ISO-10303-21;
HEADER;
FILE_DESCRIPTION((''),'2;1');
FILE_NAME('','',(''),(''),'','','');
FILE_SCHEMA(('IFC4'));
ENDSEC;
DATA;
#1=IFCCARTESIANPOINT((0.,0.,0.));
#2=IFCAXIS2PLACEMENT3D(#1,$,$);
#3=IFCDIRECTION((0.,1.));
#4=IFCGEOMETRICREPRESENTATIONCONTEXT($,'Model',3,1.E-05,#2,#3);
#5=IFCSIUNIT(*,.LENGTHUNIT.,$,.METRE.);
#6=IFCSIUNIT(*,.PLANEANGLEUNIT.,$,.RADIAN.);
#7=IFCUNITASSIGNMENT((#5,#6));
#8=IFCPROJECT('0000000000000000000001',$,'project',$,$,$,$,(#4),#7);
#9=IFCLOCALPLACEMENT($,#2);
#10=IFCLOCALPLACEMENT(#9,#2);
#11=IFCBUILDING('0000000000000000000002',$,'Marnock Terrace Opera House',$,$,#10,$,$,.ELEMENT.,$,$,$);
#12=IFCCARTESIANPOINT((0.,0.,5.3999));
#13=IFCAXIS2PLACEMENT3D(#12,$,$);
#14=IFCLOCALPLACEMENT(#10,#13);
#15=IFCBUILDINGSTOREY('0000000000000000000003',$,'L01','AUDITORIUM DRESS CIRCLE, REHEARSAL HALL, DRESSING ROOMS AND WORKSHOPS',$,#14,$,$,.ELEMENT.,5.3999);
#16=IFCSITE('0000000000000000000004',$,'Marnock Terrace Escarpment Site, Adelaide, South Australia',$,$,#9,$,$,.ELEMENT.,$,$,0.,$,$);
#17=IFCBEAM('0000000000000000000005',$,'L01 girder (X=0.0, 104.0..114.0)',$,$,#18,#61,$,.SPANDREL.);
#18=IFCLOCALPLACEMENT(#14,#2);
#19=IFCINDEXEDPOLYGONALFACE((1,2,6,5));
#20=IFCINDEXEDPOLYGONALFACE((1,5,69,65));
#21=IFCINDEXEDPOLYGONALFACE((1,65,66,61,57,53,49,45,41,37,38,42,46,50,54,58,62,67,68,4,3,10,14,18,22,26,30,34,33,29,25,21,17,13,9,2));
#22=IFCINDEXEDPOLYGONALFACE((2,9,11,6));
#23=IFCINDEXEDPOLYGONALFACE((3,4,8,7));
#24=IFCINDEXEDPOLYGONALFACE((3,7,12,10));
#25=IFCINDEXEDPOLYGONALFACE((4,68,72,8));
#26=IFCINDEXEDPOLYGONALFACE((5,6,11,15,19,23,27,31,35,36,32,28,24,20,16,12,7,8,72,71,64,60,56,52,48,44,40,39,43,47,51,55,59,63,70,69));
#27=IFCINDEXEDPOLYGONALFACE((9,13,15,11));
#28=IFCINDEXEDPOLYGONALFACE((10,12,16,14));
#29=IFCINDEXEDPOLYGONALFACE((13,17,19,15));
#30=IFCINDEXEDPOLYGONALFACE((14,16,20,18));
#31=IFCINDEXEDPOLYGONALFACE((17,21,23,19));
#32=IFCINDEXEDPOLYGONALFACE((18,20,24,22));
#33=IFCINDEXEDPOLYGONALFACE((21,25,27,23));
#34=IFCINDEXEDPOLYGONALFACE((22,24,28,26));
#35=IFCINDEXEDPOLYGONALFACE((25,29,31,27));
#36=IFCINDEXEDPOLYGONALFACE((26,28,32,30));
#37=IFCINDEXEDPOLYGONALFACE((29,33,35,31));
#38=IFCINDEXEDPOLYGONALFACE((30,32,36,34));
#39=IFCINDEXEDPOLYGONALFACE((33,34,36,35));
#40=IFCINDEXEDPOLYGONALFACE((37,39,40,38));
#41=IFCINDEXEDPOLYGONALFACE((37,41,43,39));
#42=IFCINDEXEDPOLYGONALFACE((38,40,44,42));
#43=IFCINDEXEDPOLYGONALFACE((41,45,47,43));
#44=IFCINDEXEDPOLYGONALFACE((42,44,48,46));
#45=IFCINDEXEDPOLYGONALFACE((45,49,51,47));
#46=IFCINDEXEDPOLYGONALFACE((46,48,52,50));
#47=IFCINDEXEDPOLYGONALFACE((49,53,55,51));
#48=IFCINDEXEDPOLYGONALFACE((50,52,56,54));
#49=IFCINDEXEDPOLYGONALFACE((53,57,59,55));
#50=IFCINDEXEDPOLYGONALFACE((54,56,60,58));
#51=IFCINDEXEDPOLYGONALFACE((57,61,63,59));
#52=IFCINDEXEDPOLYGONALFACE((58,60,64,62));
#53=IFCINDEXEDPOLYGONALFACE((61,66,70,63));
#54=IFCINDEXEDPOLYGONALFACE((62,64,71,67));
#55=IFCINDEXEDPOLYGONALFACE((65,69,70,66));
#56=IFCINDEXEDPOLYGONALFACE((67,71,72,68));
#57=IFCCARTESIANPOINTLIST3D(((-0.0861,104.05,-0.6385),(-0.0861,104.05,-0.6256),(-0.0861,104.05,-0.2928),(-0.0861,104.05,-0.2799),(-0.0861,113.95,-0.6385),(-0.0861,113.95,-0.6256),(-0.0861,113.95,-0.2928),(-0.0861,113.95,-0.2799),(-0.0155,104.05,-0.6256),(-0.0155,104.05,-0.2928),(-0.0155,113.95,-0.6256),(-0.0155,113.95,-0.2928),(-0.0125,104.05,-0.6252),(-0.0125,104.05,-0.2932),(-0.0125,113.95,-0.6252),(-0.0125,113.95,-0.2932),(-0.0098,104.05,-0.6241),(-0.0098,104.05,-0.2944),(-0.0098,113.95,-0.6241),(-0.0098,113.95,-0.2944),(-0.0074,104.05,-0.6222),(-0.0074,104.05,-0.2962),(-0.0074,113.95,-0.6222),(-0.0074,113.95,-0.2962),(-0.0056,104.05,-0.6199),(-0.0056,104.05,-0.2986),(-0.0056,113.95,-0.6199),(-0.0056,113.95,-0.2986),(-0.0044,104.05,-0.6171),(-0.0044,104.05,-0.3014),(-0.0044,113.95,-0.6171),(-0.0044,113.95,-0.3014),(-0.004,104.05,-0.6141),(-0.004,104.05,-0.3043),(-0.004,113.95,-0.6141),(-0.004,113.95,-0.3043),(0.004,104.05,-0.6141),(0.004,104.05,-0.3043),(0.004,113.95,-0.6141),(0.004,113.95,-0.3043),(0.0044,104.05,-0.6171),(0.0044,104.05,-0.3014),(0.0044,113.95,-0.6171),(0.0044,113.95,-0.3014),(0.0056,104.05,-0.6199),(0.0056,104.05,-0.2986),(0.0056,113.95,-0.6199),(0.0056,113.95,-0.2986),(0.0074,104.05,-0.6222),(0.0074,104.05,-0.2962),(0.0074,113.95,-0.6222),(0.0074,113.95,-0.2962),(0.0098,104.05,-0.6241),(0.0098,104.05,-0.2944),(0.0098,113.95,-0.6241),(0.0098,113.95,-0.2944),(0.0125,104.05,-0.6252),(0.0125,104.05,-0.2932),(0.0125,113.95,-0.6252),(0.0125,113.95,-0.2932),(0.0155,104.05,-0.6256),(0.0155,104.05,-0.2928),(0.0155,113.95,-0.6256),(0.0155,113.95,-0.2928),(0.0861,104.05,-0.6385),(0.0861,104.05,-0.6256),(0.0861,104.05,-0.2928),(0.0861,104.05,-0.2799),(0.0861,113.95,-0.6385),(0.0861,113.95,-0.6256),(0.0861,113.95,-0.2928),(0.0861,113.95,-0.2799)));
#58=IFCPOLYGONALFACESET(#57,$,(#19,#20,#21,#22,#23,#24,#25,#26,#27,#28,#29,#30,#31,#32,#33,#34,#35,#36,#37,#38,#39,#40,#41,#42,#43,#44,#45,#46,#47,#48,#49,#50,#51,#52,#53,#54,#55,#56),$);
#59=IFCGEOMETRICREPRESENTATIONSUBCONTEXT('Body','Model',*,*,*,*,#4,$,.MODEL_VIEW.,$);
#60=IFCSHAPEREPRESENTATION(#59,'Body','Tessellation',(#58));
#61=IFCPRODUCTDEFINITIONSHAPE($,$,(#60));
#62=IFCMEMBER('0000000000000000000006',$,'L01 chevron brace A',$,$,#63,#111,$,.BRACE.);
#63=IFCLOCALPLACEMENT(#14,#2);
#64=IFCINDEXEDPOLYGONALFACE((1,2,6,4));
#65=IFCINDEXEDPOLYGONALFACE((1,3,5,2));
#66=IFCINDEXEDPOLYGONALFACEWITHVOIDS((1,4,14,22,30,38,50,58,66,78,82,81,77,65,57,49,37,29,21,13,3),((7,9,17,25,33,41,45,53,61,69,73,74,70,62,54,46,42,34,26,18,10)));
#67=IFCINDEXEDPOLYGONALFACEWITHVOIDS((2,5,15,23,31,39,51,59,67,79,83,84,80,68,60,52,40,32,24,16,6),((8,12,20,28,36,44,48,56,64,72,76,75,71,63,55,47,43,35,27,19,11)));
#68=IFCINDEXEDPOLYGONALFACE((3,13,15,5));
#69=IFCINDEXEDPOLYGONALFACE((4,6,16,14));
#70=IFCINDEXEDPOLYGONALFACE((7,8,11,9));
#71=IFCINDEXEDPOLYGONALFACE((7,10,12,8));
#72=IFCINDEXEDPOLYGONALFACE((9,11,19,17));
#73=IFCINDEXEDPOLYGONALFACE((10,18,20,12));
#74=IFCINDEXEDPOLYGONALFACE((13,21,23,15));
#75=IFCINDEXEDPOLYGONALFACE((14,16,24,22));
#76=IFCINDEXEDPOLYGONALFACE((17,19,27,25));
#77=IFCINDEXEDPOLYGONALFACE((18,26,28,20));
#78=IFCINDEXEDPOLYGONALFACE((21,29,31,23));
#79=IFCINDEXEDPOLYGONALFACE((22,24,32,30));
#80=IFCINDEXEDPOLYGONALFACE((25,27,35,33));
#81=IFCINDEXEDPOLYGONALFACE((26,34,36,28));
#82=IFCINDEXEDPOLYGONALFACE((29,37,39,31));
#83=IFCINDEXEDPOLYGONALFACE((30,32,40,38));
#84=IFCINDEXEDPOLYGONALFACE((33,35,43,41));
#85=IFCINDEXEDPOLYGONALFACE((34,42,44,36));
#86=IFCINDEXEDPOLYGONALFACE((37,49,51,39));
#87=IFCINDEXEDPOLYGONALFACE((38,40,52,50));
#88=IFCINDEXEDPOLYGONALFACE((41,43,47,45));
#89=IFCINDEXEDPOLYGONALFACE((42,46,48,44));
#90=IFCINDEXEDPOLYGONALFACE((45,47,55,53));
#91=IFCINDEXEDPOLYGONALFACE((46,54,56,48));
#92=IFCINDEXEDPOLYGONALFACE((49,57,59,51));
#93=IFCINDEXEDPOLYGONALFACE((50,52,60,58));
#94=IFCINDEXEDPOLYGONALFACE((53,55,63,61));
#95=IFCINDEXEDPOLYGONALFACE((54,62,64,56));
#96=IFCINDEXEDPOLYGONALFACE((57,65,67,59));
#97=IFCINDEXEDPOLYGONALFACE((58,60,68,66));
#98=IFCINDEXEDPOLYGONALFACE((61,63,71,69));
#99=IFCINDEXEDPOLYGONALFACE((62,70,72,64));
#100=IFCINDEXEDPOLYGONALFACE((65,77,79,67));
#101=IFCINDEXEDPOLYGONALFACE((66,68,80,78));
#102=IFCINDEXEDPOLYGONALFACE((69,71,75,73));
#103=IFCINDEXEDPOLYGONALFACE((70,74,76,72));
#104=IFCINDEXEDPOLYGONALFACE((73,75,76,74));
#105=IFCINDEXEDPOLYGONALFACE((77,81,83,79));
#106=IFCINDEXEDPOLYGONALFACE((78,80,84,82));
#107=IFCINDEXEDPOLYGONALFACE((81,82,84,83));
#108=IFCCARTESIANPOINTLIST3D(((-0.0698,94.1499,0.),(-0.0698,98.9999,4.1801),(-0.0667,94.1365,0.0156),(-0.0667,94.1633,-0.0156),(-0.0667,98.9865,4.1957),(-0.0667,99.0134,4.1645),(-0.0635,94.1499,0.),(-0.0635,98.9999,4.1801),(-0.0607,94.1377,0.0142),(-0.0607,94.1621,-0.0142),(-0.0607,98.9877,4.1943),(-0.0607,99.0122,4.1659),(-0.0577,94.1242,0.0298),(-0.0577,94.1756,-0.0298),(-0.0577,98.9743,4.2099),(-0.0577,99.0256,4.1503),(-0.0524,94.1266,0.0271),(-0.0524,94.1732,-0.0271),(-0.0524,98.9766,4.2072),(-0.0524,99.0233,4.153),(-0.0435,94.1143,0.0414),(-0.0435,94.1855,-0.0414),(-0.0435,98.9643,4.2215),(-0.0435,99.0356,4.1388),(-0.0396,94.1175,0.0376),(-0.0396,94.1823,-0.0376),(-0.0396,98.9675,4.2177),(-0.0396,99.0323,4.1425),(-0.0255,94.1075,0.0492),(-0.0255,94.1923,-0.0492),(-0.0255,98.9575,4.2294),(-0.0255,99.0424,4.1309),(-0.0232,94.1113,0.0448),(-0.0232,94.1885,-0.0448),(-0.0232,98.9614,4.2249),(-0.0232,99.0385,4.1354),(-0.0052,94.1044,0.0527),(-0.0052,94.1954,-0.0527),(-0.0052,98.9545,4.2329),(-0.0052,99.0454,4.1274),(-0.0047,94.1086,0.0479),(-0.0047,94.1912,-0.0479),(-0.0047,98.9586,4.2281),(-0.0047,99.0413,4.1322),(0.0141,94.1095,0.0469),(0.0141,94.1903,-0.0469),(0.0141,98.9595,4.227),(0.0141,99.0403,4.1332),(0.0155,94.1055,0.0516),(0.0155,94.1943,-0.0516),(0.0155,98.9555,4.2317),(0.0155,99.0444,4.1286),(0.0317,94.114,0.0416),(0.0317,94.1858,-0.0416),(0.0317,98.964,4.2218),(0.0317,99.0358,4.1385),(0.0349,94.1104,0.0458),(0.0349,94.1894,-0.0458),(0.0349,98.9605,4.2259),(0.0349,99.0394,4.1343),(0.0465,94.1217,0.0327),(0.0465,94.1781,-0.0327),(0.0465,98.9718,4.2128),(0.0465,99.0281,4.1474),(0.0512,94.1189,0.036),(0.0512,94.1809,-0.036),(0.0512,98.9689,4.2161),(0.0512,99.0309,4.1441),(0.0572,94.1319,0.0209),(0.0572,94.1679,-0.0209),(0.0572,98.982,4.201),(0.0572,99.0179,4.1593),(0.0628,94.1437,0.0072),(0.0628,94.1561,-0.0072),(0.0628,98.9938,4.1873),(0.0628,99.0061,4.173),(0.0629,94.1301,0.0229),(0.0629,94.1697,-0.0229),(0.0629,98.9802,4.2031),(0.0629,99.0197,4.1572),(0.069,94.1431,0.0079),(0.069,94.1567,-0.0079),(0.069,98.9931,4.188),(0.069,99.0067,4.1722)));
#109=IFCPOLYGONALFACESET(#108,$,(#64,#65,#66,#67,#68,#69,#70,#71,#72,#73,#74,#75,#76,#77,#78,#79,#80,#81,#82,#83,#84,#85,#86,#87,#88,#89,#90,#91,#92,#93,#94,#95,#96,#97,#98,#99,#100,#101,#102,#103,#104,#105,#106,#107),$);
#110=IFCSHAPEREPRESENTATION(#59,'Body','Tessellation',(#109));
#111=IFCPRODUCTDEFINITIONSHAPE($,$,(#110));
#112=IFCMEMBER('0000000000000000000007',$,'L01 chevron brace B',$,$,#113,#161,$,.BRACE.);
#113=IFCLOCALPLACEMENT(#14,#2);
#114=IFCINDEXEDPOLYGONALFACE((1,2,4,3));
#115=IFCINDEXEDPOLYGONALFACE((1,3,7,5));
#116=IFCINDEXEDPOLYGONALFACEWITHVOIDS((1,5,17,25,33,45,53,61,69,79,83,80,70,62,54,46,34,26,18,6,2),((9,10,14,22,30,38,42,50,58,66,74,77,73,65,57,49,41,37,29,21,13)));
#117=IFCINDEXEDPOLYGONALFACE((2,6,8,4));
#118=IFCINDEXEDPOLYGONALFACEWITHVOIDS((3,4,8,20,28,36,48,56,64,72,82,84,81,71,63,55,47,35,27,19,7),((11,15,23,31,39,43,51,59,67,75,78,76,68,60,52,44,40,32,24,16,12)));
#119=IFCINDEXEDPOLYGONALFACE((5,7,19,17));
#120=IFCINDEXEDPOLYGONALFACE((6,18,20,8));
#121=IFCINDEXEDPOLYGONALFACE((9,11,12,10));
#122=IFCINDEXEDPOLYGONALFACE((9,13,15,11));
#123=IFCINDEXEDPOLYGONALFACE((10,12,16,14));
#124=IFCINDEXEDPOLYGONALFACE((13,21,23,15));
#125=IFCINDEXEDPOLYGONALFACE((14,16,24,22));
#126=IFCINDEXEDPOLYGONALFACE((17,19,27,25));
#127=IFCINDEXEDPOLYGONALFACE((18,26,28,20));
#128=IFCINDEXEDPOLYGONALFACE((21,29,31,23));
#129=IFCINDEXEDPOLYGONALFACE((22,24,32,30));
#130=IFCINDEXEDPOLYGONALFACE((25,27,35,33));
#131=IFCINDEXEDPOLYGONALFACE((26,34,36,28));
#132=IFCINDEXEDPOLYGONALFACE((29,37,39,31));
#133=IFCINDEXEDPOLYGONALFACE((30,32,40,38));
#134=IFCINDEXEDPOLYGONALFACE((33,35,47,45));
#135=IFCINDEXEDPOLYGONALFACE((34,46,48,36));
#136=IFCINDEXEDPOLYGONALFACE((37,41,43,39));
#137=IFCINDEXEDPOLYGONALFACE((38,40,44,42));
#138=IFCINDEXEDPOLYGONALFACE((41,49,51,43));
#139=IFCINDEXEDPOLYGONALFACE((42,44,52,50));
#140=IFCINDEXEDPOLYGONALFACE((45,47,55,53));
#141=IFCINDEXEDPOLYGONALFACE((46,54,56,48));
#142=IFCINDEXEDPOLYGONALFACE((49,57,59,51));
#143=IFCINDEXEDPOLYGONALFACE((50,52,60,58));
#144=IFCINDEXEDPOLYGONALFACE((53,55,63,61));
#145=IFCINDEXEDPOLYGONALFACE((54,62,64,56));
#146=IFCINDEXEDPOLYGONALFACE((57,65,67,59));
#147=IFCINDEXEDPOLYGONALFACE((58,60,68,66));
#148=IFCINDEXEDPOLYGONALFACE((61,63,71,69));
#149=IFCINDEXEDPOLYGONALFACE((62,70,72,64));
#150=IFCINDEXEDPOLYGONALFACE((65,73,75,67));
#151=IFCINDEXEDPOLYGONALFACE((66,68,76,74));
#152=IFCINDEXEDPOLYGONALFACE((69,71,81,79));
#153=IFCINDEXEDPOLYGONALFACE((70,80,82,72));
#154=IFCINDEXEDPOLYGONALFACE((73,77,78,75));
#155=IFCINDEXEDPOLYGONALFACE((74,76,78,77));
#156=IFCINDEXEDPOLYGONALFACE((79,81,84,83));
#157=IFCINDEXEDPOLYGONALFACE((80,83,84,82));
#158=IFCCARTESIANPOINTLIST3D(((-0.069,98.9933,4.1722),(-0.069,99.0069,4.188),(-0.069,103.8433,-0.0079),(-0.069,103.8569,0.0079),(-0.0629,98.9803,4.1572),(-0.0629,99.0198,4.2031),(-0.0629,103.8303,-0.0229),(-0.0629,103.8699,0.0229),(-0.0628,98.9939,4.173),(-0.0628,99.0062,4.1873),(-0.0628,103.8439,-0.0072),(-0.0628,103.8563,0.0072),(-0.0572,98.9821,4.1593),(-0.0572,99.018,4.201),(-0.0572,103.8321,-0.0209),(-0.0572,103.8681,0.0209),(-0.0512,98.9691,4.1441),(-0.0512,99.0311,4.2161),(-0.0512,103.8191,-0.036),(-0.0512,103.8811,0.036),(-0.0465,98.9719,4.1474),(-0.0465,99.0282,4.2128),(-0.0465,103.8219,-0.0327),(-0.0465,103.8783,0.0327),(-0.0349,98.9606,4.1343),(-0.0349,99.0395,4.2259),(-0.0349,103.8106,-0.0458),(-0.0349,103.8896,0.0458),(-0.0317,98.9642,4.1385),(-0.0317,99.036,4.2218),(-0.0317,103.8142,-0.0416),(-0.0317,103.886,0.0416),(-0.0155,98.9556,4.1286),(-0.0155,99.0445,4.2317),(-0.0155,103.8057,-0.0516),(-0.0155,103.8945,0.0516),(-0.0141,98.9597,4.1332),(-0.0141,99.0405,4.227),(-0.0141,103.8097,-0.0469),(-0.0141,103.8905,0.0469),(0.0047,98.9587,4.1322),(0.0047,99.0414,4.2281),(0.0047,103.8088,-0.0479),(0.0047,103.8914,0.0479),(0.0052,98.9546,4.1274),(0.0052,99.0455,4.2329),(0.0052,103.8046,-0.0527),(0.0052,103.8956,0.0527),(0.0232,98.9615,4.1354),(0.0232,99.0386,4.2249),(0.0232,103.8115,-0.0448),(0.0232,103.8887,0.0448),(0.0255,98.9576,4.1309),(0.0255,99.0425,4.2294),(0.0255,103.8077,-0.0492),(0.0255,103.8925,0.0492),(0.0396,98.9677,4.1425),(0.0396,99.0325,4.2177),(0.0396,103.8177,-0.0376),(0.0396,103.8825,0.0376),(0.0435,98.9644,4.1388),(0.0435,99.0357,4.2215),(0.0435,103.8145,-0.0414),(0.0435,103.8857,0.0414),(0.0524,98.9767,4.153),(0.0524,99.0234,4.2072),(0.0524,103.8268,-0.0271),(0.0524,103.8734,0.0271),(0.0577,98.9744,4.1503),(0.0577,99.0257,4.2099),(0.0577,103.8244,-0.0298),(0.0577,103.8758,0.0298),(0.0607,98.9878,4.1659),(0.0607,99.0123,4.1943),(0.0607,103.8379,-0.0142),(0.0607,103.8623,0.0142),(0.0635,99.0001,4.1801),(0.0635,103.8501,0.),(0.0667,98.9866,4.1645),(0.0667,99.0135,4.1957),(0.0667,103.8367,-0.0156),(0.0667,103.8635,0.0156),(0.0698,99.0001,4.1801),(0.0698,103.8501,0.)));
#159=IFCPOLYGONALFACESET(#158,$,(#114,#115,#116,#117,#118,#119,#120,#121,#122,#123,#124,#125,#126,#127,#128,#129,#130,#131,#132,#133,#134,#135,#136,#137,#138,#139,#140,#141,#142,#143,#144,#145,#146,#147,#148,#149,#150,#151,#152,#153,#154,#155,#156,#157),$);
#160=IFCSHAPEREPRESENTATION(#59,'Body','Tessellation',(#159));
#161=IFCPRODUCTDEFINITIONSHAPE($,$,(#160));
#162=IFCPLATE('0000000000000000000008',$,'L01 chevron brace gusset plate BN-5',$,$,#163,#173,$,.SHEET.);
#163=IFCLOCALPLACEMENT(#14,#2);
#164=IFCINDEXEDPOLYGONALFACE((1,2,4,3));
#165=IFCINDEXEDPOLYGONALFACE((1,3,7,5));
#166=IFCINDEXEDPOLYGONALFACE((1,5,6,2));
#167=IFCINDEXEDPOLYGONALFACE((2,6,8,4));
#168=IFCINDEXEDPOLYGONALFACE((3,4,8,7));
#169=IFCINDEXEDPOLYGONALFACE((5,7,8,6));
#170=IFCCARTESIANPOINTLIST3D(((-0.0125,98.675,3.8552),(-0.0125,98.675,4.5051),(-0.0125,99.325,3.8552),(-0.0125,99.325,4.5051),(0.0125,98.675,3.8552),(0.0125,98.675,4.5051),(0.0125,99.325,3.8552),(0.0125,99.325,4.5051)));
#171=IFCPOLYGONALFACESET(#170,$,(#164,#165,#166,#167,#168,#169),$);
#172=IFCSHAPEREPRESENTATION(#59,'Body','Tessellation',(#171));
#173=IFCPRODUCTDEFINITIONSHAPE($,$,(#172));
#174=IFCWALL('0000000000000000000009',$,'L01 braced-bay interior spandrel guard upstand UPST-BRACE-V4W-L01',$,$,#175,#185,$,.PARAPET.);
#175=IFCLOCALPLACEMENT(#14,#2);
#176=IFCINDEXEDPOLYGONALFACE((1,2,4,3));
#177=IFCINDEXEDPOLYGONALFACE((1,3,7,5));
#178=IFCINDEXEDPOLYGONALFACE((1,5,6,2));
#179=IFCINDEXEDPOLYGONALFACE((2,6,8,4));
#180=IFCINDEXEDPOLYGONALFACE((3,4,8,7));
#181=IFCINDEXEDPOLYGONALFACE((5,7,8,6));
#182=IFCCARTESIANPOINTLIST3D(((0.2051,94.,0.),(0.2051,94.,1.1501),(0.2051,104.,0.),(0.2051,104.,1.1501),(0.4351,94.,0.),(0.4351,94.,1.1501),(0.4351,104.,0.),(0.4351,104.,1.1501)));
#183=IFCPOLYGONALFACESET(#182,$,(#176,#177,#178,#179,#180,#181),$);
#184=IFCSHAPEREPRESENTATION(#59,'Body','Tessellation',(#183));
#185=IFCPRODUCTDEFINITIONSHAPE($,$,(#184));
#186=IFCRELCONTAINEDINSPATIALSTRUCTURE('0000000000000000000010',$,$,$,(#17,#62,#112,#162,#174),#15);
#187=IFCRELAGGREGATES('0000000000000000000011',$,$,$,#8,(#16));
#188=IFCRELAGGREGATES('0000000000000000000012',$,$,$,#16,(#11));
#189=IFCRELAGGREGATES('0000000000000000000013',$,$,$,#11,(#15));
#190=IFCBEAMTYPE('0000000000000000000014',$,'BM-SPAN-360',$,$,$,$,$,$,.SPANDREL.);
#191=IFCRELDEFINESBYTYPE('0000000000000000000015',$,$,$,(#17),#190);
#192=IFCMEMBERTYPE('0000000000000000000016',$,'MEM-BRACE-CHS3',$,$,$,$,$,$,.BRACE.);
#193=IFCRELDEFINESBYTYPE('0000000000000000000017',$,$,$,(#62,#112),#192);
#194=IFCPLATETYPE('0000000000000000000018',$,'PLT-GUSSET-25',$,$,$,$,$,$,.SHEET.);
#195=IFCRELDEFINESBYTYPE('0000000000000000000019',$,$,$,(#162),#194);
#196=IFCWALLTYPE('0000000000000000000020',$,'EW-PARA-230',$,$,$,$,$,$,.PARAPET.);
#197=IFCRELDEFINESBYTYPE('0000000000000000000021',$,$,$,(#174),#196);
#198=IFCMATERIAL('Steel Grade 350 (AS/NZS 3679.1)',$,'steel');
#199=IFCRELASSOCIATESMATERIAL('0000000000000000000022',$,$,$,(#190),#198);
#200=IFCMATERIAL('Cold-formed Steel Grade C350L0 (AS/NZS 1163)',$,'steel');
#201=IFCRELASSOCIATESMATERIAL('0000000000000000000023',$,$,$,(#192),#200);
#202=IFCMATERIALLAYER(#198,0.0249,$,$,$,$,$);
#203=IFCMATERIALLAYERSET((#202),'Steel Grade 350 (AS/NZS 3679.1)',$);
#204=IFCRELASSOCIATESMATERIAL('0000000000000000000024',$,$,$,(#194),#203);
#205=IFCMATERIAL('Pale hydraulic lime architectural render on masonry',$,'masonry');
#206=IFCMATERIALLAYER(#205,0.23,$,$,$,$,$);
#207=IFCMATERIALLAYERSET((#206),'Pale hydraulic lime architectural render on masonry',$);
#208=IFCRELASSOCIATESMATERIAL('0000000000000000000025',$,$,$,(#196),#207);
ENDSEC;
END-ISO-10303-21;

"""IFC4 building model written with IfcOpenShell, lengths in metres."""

from ifc_helpers import new_model, si_unit, direction, frame, frame_2d, origin, origin_2d, place, context, subcontext, project, spatial, rectangle, hollow_circle, i_section, extrude, material, layer, layer_set, material_profile, profile_set, type_object, element, save


model = new_model("IFC4")

# Units and contexts
model_context = context("Model", 3, precision=1e-05, world=origin(), true_north=direction((0.0, 1.0)))
body_context = subcontext(model_context, "Body", "Model", "MODEL_VIEW")
ifc_project = project(units=[si_unit("LENGTHUNIT", "METRE"), si_unit("PLANEANGLEUNIT", "RADIAN")], contexts=[model_context])

# Site, building, storey
site_placement = place(None, origin())
site = spatial("IfcSite", under=ifc_project, at=site_placement, Name="Marnock Terrace Escarpment Site, Adelaide, South Australia", CompositionType="ELEMENT", RefElevation=0.0)
building_placement = place(site_placement, origin())
building = spatial("IfcBuilding", under=site, at=building_placement, Name="Marnock Terrace Opera House", CompositionType="ELEMENT")
storey_placement = place(building_placement, frame((0.0, 0.0, 5.3999)))
storey = spatial("IfcBuildingStorey", under=building, at=storey_placement, Name="L01", Description="AUDITORIUM DRESS CIRCLE, REHEARSAL HALL, DRESSING ROOMS AND WORKSHOPS", CompositionType="ELEMENT", Elevation=5.3999)

# Beam
ifc_material_1 = material(Name="Steel Grade 350 (AS/NZS 3679.1)", Category="steel")
ifc_material_profile_1 = material_profile(ifc_material_1, i_section(OverallWidth=0.1721, OverallDepth=0.3586, WebThickness=0.0081, FlangeThickness=0.0129, FilletRadius=0.0115, at=origin_2d()))
ifc_profile_set_1 = profile_set([ifc_material_profile_1], Name="Steel Grade 350 (AS/NZS 3679.1)")
beam_type_1 = type_object("IfcBeamType", Name="BM-SPAN-360", PredefinedType="SPANDREL", material=ifc_profile_set_1)
for number, where, z_axis, x_axis, name in (
    (1, (0.0, 104.05, -0.4592), (0.0, 1.0, 0.0), (-1.0, 0.0, 0.0), "L01 girder (X=0.0, 104.0..114.0)"),
):
    element("IfcBeam", number, at=place(storey_placement, frame(where, z_axis=z_axis, x_axis=x_axis)), inside=storey, type_object=beam_type_1, Name=name, PredefinedType="SPANDREL", context=body_context, shape_type="SweptSolid", body=[
        extrude(i_section(OverallWidth=0.1721, OverallDepth=0.3586, WebThickness=0.0081, FlangeThickness=0.0129, FilletRadius=0.0115, at=origin_2d()), origin(), (0.0, 0.0, 1.0), 9.8999),
    ])

# Members
ifc_material_2 = material(Name="Cold-formed Steel Grade C350L0 (AS/NZS 1163)", Category="steel")
ifc_material_profile_2 = material_profile(ifc_material_2, hollow_circle(Radius=0.0698, WallThickness=0.0063, at=origin_2d()))
ifc_profile_set_2 = profile_set([ifc_material_profile_2], Name="Cold-formed Steel Grade C350L0 (AS/NZS 1163)")
member_type = type_object("IfcMemberType", Name="MEM-BRACE-CHS3", PredefinedType="BRACE", material=ifc_profile_set_2)
for number, where, z_axis, x_axis, name in (
    (2, (0.0, 94.1499, 0.0), (0.0, 0.757483, 0.652855), (-1.0, 0.0, 0.0), "L01 chevron brace A"),
    (3, (0.0, 103.8501, 0.0), (0.0, -0.757483, 0.652855), (1.0, 0.0, 0.0), "L01 chevron brace B"),
):
    element("IfcMember", number, at=place(storey_placement, frame(where, z_axis=z_axis, x_axis=x_axis)), inside=storey, type_object=member_type, Name=name, PredefinedType="BRACE", context=body_context, shape_type="SweptSolid", body=[
        extrude(hollow_circle(Radius=0.0698, WallThickness=0.0063, at=origin_2d()), origin(), (0.0, 0.0, 1.0), 6.4028),
    ])

# Plate
ifc_layer_1 = layer(ifc_material_1, 0.0249)
ifc_layer_set_1 = layer_set([ifc_layer_1], Name="Steel Grade 350 (AS/NZS 3679.1)")
plate_type = type_object("IfcPlateType", Name="PLT-GUSSET-25", PredefinedType="SHEET", material=ifc_layer_set_1)
plate_placement = place(storey_placement, frame((0.0, 99.0, 3.8552), z_axis=(0.0, 0.0, 1.0), x_axis=(0.0, 1.0, 0.0)))
element("IfcPlate", 4, at=plate_placement, inside=storey, type_object=plate_type, Name="L01 chevron brace gusset plate BN-5", PredefinedType="SHEET", context=body_context, shape_type="SweptSolid", body=[
    extrude(rectangle(XDim=0.6499, YDim=0.0249, at=origin_2d()), origin(), (0.0, 0.0, 1.0), 0.6499),
])

# Wall
ifc_material_3 = material(Name="Pale hydraulic lime architectural render on masonry", Category="masonry")
ifc_layer_2 = layer(ifc_material_3, 0.23)
ifc_layer_set_2 = layer_set([ifc_layer_2], Name="Pale hydraulic lime architectural render on masonry")
wall_type = type_object("IfcWallType", Name="EW-PARA-230", PredefinedType="PARAPET", material=ifc_layer_set_2)
wall_placement = place(storey_placement, frame((0.3201, 94.0, 0.0), z_axis=(0.0, 0.0, 1.0), x_axis=(0.0, 1.0, 0.0)))
element("IfcWall", 5, at=wall_placement, inside=storey, type_object=wall_type, Name="L01 braced-bay interior spandrel guard upstand UPST-BRACE-V4W-L01", PredefinedType="PARAPET", context=body_context, shape_type="SweptSolid", body=[
    extrude(rectangle(XDim=10.0, YDim=0.23, at=frame_2d((5.0, 0.0))), origin(), (0.0, 0.0, 1.0), 1.1501),
])

save(model, "model.ifc")
